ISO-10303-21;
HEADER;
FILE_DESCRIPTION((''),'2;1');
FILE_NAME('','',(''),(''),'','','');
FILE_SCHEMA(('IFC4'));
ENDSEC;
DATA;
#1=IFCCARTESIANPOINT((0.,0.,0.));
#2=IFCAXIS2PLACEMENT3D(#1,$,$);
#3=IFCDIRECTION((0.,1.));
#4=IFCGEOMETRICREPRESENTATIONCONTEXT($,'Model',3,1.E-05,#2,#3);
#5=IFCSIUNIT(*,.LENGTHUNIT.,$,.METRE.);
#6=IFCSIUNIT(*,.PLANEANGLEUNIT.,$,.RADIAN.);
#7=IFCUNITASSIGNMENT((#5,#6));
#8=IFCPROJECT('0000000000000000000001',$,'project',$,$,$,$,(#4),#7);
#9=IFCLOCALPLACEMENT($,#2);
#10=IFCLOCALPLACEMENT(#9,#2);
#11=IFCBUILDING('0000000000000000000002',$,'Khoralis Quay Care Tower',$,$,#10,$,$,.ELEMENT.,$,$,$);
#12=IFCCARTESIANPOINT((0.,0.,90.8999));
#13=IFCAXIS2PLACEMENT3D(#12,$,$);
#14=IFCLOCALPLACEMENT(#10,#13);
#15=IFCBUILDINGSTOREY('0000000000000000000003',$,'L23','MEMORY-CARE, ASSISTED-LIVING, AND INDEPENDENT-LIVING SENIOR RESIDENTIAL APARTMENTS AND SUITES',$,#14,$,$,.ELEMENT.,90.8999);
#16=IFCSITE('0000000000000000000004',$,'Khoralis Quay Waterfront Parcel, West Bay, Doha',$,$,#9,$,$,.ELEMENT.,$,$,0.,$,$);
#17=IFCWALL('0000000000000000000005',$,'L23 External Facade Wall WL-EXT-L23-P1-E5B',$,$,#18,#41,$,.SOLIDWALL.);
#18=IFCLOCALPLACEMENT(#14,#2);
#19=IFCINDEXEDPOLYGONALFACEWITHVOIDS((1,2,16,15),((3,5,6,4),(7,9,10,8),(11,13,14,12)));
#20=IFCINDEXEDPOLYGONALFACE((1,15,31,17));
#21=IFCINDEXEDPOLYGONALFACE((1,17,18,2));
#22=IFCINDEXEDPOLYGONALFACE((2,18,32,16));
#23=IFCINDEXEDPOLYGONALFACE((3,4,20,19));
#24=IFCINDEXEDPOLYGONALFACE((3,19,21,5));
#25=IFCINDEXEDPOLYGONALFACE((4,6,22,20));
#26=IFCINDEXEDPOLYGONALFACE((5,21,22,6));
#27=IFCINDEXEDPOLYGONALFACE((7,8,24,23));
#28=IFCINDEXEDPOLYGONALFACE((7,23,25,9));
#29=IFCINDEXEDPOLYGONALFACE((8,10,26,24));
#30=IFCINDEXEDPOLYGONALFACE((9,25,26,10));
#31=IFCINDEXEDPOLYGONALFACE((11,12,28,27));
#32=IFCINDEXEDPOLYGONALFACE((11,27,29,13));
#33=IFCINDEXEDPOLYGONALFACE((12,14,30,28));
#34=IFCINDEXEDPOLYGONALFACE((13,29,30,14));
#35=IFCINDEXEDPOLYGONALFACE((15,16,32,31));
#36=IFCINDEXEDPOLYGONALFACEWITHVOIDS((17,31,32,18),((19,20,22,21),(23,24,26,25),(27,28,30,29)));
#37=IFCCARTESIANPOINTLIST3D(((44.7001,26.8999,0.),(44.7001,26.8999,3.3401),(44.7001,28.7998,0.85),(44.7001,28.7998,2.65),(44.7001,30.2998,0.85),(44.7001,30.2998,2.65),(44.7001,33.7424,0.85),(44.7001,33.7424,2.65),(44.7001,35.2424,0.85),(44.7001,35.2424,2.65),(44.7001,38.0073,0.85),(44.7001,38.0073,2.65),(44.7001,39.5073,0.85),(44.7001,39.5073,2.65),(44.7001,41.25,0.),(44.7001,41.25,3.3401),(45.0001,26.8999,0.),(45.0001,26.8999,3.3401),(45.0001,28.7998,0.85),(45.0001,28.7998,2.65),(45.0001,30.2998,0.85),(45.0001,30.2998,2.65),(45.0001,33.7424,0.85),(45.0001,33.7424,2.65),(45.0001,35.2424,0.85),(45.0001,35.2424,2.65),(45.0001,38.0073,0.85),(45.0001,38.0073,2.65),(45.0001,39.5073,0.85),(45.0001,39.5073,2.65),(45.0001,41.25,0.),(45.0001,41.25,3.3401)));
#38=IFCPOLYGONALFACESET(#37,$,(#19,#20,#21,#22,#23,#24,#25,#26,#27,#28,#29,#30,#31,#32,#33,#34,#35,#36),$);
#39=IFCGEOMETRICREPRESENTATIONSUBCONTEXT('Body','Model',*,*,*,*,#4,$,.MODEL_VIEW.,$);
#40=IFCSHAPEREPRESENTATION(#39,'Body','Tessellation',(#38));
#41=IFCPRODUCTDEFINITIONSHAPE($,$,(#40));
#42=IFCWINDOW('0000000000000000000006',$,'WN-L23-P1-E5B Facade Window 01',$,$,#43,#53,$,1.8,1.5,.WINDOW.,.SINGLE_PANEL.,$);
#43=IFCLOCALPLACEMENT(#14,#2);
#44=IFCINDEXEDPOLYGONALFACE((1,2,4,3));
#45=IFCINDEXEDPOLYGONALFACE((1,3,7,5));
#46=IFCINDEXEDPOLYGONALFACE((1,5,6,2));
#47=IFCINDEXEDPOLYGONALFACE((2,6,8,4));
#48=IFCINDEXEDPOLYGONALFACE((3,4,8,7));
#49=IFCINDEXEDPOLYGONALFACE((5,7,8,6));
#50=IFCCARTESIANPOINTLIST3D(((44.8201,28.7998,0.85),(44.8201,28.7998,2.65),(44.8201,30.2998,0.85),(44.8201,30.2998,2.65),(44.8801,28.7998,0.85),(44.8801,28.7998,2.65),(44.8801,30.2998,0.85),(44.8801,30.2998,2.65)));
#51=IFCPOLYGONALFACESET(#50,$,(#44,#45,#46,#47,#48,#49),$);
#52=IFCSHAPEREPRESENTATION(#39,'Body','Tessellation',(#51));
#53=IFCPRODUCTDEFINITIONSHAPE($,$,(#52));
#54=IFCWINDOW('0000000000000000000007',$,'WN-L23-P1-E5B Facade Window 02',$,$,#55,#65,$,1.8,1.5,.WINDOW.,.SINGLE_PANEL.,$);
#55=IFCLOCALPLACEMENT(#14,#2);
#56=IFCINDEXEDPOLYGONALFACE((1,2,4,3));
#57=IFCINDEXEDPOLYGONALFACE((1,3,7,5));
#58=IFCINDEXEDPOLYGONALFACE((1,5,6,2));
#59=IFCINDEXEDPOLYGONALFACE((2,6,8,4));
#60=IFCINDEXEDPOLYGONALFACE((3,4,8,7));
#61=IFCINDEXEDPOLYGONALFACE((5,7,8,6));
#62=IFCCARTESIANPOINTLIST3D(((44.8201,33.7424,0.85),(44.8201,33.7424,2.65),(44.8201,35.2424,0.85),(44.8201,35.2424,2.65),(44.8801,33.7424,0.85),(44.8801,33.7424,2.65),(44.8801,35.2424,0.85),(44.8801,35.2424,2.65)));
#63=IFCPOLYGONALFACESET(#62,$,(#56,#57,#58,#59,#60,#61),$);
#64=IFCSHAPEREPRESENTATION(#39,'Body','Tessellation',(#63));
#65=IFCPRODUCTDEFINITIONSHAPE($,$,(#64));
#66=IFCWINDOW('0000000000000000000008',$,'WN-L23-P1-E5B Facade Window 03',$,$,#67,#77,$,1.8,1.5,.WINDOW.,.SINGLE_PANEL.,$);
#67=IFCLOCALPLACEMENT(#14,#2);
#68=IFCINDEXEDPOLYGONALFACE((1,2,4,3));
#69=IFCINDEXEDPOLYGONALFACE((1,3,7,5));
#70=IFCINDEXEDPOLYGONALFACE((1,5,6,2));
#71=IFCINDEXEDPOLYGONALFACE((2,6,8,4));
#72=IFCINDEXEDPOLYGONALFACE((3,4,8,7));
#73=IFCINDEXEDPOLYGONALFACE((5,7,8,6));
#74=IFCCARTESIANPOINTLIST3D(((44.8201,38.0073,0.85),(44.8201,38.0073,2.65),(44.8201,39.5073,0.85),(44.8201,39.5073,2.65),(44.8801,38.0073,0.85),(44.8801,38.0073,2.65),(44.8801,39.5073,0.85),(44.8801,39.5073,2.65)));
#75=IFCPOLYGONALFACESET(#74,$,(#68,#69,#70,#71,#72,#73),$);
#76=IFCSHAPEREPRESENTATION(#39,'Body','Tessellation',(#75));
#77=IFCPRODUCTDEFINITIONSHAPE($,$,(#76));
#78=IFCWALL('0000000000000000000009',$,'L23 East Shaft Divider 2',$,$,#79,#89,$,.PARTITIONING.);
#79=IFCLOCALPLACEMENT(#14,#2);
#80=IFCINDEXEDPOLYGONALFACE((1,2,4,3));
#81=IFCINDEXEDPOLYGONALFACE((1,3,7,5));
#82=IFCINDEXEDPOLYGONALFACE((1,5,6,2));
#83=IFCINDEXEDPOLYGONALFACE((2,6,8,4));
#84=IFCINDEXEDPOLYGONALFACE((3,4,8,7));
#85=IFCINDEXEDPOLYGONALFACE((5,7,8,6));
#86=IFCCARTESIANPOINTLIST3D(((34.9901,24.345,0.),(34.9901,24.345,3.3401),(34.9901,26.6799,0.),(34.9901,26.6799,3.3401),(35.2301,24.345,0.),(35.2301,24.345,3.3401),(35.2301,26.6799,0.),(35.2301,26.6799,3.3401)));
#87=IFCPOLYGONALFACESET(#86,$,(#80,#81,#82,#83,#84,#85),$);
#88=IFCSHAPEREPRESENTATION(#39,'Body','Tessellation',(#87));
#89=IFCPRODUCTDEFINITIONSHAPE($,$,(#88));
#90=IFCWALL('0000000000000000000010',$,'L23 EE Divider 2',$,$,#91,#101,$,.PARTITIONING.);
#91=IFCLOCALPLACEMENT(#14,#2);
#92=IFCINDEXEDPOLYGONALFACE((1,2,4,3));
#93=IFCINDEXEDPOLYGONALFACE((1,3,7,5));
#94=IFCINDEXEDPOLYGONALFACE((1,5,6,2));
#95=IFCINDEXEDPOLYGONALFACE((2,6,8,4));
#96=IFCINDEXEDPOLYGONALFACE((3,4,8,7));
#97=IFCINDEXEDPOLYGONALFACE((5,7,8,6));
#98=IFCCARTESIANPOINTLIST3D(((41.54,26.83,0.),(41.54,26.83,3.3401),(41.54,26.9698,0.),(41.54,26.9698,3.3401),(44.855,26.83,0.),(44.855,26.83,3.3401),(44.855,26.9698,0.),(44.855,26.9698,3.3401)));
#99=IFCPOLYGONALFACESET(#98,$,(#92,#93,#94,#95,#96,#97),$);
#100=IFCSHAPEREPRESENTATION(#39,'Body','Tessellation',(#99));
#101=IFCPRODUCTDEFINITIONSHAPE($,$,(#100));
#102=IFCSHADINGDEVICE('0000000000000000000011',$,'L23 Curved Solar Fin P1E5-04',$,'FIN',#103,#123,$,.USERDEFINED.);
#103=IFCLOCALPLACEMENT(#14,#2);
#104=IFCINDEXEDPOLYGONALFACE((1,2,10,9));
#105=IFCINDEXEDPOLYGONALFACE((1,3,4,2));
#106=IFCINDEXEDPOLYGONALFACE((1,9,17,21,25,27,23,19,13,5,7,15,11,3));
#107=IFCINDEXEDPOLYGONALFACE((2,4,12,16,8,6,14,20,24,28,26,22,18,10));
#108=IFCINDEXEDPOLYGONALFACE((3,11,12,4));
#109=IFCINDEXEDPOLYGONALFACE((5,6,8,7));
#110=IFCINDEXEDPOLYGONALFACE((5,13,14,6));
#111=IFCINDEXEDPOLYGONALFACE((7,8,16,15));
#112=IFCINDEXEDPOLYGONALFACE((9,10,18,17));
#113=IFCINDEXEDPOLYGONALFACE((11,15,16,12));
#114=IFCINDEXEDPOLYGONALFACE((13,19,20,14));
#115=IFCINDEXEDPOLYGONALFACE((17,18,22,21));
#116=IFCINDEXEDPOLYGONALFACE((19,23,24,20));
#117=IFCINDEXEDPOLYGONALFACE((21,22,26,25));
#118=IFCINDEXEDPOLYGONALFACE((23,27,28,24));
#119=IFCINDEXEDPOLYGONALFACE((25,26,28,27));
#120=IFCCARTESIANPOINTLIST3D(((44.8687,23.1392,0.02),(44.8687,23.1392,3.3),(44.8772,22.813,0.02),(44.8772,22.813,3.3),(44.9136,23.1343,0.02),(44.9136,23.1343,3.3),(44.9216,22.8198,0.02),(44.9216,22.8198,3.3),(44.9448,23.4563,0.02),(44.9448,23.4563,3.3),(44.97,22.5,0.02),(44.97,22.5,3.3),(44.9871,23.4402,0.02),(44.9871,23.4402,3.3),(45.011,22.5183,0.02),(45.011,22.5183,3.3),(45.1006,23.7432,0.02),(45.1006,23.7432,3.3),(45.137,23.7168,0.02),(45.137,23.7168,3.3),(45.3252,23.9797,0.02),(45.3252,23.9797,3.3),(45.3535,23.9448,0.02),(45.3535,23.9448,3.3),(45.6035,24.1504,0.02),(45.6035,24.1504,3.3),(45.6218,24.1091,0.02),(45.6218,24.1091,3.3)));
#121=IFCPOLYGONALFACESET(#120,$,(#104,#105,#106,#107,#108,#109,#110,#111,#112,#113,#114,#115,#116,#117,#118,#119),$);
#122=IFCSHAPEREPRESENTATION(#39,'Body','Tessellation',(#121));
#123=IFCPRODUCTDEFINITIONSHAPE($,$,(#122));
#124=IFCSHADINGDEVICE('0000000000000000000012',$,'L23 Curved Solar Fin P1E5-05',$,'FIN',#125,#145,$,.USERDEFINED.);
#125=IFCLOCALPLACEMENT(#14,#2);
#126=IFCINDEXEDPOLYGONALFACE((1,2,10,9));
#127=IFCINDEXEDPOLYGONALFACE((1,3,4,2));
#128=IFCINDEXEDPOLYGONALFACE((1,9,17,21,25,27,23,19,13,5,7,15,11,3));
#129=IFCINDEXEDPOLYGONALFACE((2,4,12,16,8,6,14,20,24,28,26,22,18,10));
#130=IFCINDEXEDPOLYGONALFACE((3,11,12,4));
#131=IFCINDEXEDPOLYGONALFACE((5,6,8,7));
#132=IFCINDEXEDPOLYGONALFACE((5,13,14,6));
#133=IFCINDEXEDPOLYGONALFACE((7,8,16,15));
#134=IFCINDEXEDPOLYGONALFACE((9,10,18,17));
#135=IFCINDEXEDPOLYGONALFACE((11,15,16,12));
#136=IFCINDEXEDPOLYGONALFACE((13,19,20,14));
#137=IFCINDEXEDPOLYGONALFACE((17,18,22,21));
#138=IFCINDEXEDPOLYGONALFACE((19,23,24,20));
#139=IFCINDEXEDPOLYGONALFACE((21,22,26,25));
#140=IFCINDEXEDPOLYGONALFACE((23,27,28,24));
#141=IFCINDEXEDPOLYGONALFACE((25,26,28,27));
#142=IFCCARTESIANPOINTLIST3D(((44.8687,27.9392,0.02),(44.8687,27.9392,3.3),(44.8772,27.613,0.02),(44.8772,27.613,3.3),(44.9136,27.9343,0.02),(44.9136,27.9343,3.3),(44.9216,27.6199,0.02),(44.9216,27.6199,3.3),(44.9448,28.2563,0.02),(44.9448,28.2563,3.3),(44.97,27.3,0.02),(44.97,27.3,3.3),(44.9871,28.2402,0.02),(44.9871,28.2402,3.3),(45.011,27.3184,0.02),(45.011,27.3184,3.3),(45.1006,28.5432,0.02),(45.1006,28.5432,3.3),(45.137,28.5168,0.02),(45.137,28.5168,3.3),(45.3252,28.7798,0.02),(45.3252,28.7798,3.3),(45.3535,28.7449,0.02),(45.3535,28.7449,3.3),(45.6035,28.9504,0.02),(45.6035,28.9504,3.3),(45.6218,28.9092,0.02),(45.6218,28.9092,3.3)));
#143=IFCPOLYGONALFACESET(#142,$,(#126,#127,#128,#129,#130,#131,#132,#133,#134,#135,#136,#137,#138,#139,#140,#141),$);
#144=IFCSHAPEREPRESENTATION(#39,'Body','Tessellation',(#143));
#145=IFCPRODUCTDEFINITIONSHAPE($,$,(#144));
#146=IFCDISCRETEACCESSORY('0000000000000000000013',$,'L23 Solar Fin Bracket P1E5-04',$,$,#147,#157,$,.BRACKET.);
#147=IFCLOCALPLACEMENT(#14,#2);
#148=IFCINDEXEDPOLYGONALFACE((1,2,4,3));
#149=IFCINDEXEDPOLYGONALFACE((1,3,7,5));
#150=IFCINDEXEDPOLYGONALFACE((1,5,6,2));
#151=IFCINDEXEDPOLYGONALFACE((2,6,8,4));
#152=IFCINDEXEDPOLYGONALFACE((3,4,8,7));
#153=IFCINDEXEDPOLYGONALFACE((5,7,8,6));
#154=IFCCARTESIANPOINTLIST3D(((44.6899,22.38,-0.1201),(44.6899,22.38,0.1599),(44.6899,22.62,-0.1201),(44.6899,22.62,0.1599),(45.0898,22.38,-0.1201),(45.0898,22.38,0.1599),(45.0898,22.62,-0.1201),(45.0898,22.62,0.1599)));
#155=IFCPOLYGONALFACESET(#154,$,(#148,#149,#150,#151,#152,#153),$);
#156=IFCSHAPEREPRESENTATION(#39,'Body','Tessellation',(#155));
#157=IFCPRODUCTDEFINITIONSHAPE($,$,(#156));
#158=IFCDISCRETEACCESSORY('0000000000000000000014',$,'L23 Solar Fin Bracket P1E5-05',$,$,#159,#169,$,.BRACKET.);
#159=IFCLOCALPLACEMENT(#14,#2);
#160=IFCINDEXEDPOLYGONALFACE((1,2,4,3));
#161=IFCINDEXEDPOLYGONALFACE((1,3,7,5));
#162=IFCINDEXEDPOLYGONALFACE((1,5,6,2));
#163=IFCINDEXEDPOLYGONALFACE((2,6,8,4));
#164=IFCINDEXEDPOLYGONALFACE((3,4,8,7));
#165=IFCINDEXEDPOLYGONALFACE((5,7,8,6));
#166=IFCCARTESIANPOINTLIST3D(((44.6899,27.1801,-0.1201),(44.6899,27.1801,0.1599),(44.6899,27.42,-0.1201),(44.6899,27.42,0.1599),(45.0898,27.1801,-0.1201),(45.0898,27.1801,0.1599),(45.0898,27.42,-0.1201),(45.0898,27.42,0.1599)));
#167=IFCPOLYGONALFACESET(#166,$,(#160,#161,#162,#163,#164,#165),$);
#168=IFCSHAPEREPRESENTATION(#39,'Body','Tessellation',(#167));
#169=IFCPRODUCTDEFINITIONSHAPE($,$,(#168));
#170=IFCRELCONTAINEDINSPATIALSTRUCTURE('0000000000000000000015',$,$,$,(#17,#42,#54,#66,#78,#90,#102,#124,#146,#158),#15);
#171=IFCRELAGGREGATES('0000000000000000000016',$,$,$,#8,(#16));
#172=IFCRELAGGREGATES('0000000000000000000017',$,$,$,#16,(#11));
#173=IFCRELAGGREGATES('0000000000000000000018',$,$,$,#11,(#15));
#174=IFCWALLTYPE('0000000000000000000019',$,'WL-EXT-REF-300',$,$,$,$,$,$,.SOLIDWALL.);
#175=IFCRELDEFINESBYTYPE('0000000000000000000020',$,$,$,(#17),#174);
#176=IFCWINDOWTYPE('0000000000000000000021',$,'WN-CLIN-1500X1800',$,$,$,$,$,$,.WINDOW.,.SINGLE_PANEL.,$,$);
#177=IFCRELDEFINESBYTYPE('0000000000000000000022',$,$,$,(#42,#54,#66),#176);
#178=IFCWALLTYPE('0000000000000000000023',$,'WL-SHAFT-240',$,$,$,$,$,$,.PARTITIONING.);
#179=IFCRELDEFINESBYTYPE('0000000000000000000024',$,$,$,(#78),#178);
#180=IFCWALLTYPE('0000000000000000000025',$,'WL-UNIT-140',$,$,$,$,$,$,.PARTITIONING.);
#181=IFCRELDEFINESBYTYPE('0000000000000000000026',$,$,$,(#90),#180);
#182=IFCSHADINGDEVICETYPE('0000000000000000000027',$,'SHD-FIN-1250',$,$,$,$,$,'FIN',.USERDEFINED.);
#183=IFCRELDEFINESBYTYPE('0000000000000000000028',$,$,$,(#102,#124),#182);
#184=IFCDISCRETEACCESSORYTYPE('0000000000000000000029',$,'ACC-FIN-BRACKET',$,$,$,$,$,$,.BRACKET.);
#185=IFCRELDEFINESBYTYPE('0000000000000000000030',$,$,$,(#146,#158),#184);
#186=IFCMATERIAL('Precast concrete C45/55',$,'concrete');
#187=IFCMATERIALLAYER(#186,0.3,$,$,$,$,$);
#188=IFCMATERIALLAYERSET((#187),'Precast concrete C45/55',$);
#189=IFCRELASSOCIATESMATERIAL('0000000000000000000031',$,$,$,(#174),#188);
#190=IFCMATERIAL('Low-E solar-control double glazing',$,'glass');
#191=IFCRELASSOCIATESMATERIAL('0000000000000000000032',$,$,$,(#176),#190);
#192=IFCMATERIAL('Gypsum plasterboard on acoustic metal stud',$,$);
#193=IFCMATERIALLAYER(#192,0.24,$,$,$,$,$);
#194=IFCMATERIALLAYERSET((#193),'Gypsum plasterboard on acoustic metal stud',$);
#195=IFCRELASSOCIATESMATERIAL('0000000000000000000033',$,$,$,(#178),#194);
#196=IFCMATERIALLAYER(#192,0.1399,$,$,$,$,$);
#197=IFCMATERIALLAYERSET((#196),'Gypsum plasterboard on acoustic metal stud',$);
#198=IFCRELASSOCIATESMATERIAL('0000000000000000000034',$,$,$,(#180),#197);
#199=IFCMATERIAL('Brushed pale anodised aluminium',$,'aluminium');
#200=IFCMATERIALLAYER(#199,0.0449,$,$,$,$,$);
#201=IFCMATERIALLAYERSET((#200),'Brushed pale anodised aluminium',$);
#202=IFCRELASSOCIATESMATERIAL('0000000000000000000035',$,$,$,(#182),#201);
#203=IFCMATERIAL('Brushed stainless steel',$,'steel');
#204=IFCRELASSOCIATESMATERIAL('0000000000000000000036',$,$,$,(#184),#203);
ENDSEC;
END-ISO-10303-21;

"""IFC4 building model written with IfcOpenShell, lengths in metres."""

from ifc_helpers import new_model, si_unit, direction, frame, frame_2d, origin, origin_2d, place, context, subcontext, project, spatial, polyline, rectangle, outline, extrude, source, transform, mapped, material, layer, layer_set, type_object, element, fill, save


model = new_model("IFC4")

# Units and contexts
model_context = context("Model", 3, precision=1e-05, world=origin(), true_north=direction((0.0, 1.0)))
body_context = subcontext(model_context, "Body", "Model", "MODEL_VIEW")
ifc_project = project(units=[si_unit("LENGTHUNIT", "METRE"), si_unit("PLANEANGLEUNIT", "RADIAN")], contexts=[model_context])

# Site, building, storey
site_placement = place(None, origin())
site = spatial("IfcSite", under=ifc_project, at=site_placement, Name="Khoralis Quay Waterfront Parcel, West Bay, Doha", CompositionType="ELEMENT", RefElevation=0.0)
building_placement = place(site_placement, origin())
building = spatial("IfcBuilding", under=site, at=building_placement, Name="Khoralis Quay Care Tower", CompositionType="ELEMENT")
storey_placement = place(building_placement, frame((0.0, 0.0, 90.8999)))
storey = spatial("IfcBuildingStorey", under=building, at=storey_placement, Name="L23", Description="MEMORY-CARE, ASSISTED-LIVING, AND INDEPENDENT-LIVING SENIOR RESIDENTIAL APARTMENTS AND SUITES", CompositionType="ELEMENT", Elevation=90.8999)

# Shared definitions
ifc_material_1 = material(Name="Low-E solar-control double glazing", Category="glass")

# Wall, openings, windows
ifc_material_2 = material(Name="Precast concrete C45/55", Category="concrete")
ifc_layer_1 = layer(ifc_material_2, 0.3)
ifc_layer_set_1 = layer_set([ifc_layer_1], Name="Precast concrete C45/55")
wall_type_1 = type_object("IfcWallType", Name="WL-EXT-REF-300", PredefinedType="SOLIDWALL", material=ifc_layer_set_1)
wall_1_placement = place(storey_placement, frame((44.8501, 26.8999, 0.0), z_axis=(0.0, 0.0, 1.0), x_axis=(0.0, 1.0, 0.0)))
wall_1 = element("IfcWall", 1, at=wall_1_placement, inside=storey, type_object=wall_type_1, Name="L23 External Facade Wall WL-EXT-L23-P1-E5B", PredefinedType="SOLIDWALL", context=body_context, shape_type="SweptSolid", body=[
    extrude(rectangle(XDim=14.3501, YDim=0.3, at=frame_2d((7.175, 0.0))), origin(), (0.0, 0.0, 1.0), 3.3401),
])
opening_1_placement = place(wall_1_placement, frame((1.8999, 0.0, 0.8501)))
opening_1 = element("IfcOpeningElement", 2, at=opening_1_placement, cuts=wall_1, PredefinedType="OPENING", context=body_context, shape_type="SweptSolid", body=[
    extrude(rectangle(XDim=1.5, YDim=1.8, at=frame_2d((0.75, 0.8999))), frame((0.0, 0.1602, 0.0), z_axis=(0.0, -1.0, 0.0), x_axis=(1.0, 0.0, 0.0)), (0.0, 0.0, 1.0), 0.3201),
])
opening_2_placement = place(wall_1_placement, frame((6.8425, 0.0, 0.8501)))
opening_2 = element("IfcOpeningElement", 3, at=opening_2_placement, cuts=wall_1, PredefinedType="OPENING", context=body_context, shape_type="SweptSolid", body=[
    extrude(rectangle(XDim=1.5, YDim=1.8, at=frame_2d((0.75, 0.8999))), frame((0.0, 0.1602, 0.0), z_axis=(0.0, -1.0, 0.0), x_axis=(1.0, 0.0, 0.0)), (0.0, 0.0, 1.0), 0.3201),
])
opening_3_placement = place(wall_1_placement, frame((11.1074, 0.0, 0.8501)))
opening_3 = element("IfcOpeningElement", 4, at=opening_3_placement, cuts=wall_1, PredefinedType="OPENING", context=body_context, shape_type="SweptSolid", body=[
    extrude(rectangle(XDim=1.5, YDim=1.8, at=frame_2d((0.75, 0.8999))), frame((0.0, 0.1602, 0.0), z_axis=(0.0, -1.0, 0.0), x_axis=(1.0, 0.0, 0.0)), (0.0, 0.0, 1.0), 0.3201),
])
window_type = type_object("IfcWindowType", Name="WN-CLIN-1500X1800", PartitioningType="SINGLE_PANEL", PredefinedType="WINDOW", material=ifc_material_1)
shared_shape_1 = source(origin(), body_context, "Body", "SweptSolid", [
    extrude(rectangle(XDim=1.5, YDim=1.8, at=frame_2d((0.75, 0.8999))), frame((0.0, 0.03, 0.0), z_axis=(0.0, -1.0, 0.0), x_axis=(1.0, 0.0, 0.0)), (0.0, 0.0, 1.0), 0.0601),
])
window_1_placement = place(opening_1_placement, origin())
window_1 = element("IfcWindow", 5, at=window_1_placement, inside=storey, type_object=window_type, Name="WN-L23-P1-E5B Facade Window 01", OverallHeight=1.8, OverallWidth=1.5, PartitioningType="SINGLE_PANEL", PredefinedType="WINDOW", context=body_context, shape_type="MappedRepresentation", body=[
    mapped(shared_shape_1, transform((0.0, 0.0, 0.0), scale=1.0)),
])
fill(opening_1, window_1)
window_2_placement = place(opening_2_placement, origin())
window_2 = element("IfcWindow", 6, at=window_2_placement, inside=storey, type_object=window_type, Name="WN-L23-P1-E5B Facade Window 02", OverallHeight=1.8, OverallWidth=1.5, PartitioningType="SINGLE_PANEL", PredefinedType="WINDOW", context=body_context, shape_type="MappedRepresentation", body=[
    mapped(shared_shape_1, transform((0.0, 0.0, 0.0), scale=1.0)),
])
fill(opening_2, window_2)
window_3_placement = place(opening_3_placement, origin())
window_3 = element("IfcWindow", 7, at=window_3_placement, inside=storey, type_object=window_type, Name="WN-L23-P1-E5B Facade Window 03", OverallHeight=1.8, OverallWidth=1.5, PartitioningType="SINGLE_PANEL", PredefinedType="WINDOW", context=body_context, shape_type="MappedRepresentation", body=[
    mapped(shared_shape_1, transform((0.0, 0.0, 0.0), scale=1.0)),
])
fill(opening_3, window_3)

# Walls
ifc_material_3 = material(Name="Gypsum plasterboard on acoustic metal stud")
ifc_layer_2 = layer(ifc_material_3, 0.24)
ifc_layer_set_2 = layer_set([ifc_layer_2], Name="Gypsum plasterboard on acoustic metal stud")
wall_type_2 = type_object("IfcWallType", Name="WL-SHAFT-240", PredefinedType="PARTITIONING", material=ifc_layer_set_2)
wall_2_placement = place(storey_placement, frame((35.1101, 24.345, 0.0), z_axis=(0.0, 0.0, 1.0), x_axis=(0.0, 1.0, 0.0)))
element("IfcWall", 8, at=wall_2_placement, inside=storey, type_object=wall_type_2, Name="L23 East Shaft Divider 2", PredefinedType="PARTITIONING", context=body_context, shape_type="SweptSolid", body=[
    extrude(rectangle(XDim=2.335, YDim=0.24, at=frame_2d((1.1675, 0.0))), origin(), (0.0, 0.0, 1.0), 3.3401),
])
ifc_layer_3 = layer(ifc_material_3, 0.1399)
ifc_layer_set_3 = layer_set([ifc_layer_3], Name="Gypsum plasterboard on acoustic metal stud")
wall_type_3 = type_object("IfcWallType", Name="WL-UNIT-140", PredefinedType="PARTITIONING", material=ifc_layer_set_3)
wall_3_placement = place(storey_placement, frame((41.54, 26.8999, 0.0), z_axis=(0.0, 0.0, 1.0), x_axis=(1.0, 0.0, 0.0)))
element("IfcWall", 9, at=wall_3_placement, inside=storey, type_object=wall_type_3, Name="L23 EE Divider 2", PredefinedType="PARTITIONING", context=body_context, shape_type="SweptSolid", body=[
    extrude(rectangle(XDim=3.3149, YDim=0.1399, at=frame_2d((1.6575, 0.0))), origin(), (0.0, 0.0, 1.0), 3.3401),
])

# Shading devices
ifc_material_4 = material(Name="Brushed pale anodised aluminium", Category="aluminium")
ifc_layer_4 = layer(ifc_material_4, 0.0449)
ifc_layer_set_4 = layer_set([ifc_layer_4], Name="Brushed pale anodised aluminium")
shading_device_type = type_object("IfcShadingDeviceType", Name="SHD-FIN-1250", ElementType="FIN", PredefinedType="USERDEFINED", material=ifc_layer_set_4)
shared_shape_2 = source(origin(), body_context, "Body", "SweptSolid", [
    extrude(outline(polyline([(0.0, 0.0), (-0.0928, 0.313), (-0.1013, 0.6392), (-0.0251, 0.9563), (0.1306, 1.2432), (0.3552, 1.4797), (0.6335, 1.6504), (0.6519, 1.6091), (0.3835, 1.4448), (0.167, 1.2168), (0.0171, 0.9402), (-0.0564, 0.6343), (-0.0483, 0.3198), (0.041, 0.0183), (0.0, 0.0)])), origin(), (0.0, 0.0, 1.0), 3.28),
])
for number, where, z_axis, x_axis, name in (
    (10, (44.97, 22.5, 0.02), (0.0, 0.0, 1.0), (1.0, 0.0, 0.0), "L23 Curved Solar Fin P1E5-04"),
    (11, (44.97, 27.3, 0.02), (0.0, 0.0, 1.0), (1.0, 0.0, 0.0), "L23 Curved Solar Fin P1E5-05"),
):
    element("IfcShadingDevice", number, at=place(storey_placement, frame(where, z_axis=z_axis, x_axis=x_axis)), inside=storey, type_object=shading_device_type, Name=name, ObjectType="FIN", PredefinedType="USERDEFINED", context=body_context, shape_type="MappedRepresentation", body=[
        mapped(shared_shape_2, transform((0.0, 0.0, 0.0), scale=1.0)),
    ])

# Discrete accessories
ifc_material_5 = material(Name="Brushed stainless steel", Category="steel")
discrete_accessory_type = type_object("IfcDiscreteAccessoryType", Name="ACC-FIN-BRACKET", PredefinedType="BRACKET", material=ifc_material_5)
shared_shape_3 = source(origin(), body_context, "Body", "SweptSolid", [
    extrude(rectangle(XDim=0.3999, YDim=0.24, at=origin_2d()), origin(), (0.0, 0.0, 1.0), 0.28),
])
for number, where, z_axis, x_axis, name in (
    (12, (44.8899, 22.5, -0.1201), (0.0, 0.0, 1.0), (1.0, 0.0, 0.0), "L23 Solar Fin Bracket P1E5-04"),
    (13, (44.8899, 27.3, -0.1201), (0.0, 0.0, 1.0), (1.0, 0.0, 0.0), "L23 Solar Fin Bracket P1E5-05"),
):
    element("IfcDiscreteAccessory", number, at=place(storey_placement, frame(where, z_axis=z_axis, x_axis=x_axis)), inside=storey, type_object=discrete_accessory_type, Name=name, PredefinedType="BRACKET", context=body_context, shape_type="MappedRepresentation", body=[
        mapped(shared_shape_3, transform((0.0, 0.0, 0.0), scale=1.0)),
    ])

save(model, "model.ifc")
